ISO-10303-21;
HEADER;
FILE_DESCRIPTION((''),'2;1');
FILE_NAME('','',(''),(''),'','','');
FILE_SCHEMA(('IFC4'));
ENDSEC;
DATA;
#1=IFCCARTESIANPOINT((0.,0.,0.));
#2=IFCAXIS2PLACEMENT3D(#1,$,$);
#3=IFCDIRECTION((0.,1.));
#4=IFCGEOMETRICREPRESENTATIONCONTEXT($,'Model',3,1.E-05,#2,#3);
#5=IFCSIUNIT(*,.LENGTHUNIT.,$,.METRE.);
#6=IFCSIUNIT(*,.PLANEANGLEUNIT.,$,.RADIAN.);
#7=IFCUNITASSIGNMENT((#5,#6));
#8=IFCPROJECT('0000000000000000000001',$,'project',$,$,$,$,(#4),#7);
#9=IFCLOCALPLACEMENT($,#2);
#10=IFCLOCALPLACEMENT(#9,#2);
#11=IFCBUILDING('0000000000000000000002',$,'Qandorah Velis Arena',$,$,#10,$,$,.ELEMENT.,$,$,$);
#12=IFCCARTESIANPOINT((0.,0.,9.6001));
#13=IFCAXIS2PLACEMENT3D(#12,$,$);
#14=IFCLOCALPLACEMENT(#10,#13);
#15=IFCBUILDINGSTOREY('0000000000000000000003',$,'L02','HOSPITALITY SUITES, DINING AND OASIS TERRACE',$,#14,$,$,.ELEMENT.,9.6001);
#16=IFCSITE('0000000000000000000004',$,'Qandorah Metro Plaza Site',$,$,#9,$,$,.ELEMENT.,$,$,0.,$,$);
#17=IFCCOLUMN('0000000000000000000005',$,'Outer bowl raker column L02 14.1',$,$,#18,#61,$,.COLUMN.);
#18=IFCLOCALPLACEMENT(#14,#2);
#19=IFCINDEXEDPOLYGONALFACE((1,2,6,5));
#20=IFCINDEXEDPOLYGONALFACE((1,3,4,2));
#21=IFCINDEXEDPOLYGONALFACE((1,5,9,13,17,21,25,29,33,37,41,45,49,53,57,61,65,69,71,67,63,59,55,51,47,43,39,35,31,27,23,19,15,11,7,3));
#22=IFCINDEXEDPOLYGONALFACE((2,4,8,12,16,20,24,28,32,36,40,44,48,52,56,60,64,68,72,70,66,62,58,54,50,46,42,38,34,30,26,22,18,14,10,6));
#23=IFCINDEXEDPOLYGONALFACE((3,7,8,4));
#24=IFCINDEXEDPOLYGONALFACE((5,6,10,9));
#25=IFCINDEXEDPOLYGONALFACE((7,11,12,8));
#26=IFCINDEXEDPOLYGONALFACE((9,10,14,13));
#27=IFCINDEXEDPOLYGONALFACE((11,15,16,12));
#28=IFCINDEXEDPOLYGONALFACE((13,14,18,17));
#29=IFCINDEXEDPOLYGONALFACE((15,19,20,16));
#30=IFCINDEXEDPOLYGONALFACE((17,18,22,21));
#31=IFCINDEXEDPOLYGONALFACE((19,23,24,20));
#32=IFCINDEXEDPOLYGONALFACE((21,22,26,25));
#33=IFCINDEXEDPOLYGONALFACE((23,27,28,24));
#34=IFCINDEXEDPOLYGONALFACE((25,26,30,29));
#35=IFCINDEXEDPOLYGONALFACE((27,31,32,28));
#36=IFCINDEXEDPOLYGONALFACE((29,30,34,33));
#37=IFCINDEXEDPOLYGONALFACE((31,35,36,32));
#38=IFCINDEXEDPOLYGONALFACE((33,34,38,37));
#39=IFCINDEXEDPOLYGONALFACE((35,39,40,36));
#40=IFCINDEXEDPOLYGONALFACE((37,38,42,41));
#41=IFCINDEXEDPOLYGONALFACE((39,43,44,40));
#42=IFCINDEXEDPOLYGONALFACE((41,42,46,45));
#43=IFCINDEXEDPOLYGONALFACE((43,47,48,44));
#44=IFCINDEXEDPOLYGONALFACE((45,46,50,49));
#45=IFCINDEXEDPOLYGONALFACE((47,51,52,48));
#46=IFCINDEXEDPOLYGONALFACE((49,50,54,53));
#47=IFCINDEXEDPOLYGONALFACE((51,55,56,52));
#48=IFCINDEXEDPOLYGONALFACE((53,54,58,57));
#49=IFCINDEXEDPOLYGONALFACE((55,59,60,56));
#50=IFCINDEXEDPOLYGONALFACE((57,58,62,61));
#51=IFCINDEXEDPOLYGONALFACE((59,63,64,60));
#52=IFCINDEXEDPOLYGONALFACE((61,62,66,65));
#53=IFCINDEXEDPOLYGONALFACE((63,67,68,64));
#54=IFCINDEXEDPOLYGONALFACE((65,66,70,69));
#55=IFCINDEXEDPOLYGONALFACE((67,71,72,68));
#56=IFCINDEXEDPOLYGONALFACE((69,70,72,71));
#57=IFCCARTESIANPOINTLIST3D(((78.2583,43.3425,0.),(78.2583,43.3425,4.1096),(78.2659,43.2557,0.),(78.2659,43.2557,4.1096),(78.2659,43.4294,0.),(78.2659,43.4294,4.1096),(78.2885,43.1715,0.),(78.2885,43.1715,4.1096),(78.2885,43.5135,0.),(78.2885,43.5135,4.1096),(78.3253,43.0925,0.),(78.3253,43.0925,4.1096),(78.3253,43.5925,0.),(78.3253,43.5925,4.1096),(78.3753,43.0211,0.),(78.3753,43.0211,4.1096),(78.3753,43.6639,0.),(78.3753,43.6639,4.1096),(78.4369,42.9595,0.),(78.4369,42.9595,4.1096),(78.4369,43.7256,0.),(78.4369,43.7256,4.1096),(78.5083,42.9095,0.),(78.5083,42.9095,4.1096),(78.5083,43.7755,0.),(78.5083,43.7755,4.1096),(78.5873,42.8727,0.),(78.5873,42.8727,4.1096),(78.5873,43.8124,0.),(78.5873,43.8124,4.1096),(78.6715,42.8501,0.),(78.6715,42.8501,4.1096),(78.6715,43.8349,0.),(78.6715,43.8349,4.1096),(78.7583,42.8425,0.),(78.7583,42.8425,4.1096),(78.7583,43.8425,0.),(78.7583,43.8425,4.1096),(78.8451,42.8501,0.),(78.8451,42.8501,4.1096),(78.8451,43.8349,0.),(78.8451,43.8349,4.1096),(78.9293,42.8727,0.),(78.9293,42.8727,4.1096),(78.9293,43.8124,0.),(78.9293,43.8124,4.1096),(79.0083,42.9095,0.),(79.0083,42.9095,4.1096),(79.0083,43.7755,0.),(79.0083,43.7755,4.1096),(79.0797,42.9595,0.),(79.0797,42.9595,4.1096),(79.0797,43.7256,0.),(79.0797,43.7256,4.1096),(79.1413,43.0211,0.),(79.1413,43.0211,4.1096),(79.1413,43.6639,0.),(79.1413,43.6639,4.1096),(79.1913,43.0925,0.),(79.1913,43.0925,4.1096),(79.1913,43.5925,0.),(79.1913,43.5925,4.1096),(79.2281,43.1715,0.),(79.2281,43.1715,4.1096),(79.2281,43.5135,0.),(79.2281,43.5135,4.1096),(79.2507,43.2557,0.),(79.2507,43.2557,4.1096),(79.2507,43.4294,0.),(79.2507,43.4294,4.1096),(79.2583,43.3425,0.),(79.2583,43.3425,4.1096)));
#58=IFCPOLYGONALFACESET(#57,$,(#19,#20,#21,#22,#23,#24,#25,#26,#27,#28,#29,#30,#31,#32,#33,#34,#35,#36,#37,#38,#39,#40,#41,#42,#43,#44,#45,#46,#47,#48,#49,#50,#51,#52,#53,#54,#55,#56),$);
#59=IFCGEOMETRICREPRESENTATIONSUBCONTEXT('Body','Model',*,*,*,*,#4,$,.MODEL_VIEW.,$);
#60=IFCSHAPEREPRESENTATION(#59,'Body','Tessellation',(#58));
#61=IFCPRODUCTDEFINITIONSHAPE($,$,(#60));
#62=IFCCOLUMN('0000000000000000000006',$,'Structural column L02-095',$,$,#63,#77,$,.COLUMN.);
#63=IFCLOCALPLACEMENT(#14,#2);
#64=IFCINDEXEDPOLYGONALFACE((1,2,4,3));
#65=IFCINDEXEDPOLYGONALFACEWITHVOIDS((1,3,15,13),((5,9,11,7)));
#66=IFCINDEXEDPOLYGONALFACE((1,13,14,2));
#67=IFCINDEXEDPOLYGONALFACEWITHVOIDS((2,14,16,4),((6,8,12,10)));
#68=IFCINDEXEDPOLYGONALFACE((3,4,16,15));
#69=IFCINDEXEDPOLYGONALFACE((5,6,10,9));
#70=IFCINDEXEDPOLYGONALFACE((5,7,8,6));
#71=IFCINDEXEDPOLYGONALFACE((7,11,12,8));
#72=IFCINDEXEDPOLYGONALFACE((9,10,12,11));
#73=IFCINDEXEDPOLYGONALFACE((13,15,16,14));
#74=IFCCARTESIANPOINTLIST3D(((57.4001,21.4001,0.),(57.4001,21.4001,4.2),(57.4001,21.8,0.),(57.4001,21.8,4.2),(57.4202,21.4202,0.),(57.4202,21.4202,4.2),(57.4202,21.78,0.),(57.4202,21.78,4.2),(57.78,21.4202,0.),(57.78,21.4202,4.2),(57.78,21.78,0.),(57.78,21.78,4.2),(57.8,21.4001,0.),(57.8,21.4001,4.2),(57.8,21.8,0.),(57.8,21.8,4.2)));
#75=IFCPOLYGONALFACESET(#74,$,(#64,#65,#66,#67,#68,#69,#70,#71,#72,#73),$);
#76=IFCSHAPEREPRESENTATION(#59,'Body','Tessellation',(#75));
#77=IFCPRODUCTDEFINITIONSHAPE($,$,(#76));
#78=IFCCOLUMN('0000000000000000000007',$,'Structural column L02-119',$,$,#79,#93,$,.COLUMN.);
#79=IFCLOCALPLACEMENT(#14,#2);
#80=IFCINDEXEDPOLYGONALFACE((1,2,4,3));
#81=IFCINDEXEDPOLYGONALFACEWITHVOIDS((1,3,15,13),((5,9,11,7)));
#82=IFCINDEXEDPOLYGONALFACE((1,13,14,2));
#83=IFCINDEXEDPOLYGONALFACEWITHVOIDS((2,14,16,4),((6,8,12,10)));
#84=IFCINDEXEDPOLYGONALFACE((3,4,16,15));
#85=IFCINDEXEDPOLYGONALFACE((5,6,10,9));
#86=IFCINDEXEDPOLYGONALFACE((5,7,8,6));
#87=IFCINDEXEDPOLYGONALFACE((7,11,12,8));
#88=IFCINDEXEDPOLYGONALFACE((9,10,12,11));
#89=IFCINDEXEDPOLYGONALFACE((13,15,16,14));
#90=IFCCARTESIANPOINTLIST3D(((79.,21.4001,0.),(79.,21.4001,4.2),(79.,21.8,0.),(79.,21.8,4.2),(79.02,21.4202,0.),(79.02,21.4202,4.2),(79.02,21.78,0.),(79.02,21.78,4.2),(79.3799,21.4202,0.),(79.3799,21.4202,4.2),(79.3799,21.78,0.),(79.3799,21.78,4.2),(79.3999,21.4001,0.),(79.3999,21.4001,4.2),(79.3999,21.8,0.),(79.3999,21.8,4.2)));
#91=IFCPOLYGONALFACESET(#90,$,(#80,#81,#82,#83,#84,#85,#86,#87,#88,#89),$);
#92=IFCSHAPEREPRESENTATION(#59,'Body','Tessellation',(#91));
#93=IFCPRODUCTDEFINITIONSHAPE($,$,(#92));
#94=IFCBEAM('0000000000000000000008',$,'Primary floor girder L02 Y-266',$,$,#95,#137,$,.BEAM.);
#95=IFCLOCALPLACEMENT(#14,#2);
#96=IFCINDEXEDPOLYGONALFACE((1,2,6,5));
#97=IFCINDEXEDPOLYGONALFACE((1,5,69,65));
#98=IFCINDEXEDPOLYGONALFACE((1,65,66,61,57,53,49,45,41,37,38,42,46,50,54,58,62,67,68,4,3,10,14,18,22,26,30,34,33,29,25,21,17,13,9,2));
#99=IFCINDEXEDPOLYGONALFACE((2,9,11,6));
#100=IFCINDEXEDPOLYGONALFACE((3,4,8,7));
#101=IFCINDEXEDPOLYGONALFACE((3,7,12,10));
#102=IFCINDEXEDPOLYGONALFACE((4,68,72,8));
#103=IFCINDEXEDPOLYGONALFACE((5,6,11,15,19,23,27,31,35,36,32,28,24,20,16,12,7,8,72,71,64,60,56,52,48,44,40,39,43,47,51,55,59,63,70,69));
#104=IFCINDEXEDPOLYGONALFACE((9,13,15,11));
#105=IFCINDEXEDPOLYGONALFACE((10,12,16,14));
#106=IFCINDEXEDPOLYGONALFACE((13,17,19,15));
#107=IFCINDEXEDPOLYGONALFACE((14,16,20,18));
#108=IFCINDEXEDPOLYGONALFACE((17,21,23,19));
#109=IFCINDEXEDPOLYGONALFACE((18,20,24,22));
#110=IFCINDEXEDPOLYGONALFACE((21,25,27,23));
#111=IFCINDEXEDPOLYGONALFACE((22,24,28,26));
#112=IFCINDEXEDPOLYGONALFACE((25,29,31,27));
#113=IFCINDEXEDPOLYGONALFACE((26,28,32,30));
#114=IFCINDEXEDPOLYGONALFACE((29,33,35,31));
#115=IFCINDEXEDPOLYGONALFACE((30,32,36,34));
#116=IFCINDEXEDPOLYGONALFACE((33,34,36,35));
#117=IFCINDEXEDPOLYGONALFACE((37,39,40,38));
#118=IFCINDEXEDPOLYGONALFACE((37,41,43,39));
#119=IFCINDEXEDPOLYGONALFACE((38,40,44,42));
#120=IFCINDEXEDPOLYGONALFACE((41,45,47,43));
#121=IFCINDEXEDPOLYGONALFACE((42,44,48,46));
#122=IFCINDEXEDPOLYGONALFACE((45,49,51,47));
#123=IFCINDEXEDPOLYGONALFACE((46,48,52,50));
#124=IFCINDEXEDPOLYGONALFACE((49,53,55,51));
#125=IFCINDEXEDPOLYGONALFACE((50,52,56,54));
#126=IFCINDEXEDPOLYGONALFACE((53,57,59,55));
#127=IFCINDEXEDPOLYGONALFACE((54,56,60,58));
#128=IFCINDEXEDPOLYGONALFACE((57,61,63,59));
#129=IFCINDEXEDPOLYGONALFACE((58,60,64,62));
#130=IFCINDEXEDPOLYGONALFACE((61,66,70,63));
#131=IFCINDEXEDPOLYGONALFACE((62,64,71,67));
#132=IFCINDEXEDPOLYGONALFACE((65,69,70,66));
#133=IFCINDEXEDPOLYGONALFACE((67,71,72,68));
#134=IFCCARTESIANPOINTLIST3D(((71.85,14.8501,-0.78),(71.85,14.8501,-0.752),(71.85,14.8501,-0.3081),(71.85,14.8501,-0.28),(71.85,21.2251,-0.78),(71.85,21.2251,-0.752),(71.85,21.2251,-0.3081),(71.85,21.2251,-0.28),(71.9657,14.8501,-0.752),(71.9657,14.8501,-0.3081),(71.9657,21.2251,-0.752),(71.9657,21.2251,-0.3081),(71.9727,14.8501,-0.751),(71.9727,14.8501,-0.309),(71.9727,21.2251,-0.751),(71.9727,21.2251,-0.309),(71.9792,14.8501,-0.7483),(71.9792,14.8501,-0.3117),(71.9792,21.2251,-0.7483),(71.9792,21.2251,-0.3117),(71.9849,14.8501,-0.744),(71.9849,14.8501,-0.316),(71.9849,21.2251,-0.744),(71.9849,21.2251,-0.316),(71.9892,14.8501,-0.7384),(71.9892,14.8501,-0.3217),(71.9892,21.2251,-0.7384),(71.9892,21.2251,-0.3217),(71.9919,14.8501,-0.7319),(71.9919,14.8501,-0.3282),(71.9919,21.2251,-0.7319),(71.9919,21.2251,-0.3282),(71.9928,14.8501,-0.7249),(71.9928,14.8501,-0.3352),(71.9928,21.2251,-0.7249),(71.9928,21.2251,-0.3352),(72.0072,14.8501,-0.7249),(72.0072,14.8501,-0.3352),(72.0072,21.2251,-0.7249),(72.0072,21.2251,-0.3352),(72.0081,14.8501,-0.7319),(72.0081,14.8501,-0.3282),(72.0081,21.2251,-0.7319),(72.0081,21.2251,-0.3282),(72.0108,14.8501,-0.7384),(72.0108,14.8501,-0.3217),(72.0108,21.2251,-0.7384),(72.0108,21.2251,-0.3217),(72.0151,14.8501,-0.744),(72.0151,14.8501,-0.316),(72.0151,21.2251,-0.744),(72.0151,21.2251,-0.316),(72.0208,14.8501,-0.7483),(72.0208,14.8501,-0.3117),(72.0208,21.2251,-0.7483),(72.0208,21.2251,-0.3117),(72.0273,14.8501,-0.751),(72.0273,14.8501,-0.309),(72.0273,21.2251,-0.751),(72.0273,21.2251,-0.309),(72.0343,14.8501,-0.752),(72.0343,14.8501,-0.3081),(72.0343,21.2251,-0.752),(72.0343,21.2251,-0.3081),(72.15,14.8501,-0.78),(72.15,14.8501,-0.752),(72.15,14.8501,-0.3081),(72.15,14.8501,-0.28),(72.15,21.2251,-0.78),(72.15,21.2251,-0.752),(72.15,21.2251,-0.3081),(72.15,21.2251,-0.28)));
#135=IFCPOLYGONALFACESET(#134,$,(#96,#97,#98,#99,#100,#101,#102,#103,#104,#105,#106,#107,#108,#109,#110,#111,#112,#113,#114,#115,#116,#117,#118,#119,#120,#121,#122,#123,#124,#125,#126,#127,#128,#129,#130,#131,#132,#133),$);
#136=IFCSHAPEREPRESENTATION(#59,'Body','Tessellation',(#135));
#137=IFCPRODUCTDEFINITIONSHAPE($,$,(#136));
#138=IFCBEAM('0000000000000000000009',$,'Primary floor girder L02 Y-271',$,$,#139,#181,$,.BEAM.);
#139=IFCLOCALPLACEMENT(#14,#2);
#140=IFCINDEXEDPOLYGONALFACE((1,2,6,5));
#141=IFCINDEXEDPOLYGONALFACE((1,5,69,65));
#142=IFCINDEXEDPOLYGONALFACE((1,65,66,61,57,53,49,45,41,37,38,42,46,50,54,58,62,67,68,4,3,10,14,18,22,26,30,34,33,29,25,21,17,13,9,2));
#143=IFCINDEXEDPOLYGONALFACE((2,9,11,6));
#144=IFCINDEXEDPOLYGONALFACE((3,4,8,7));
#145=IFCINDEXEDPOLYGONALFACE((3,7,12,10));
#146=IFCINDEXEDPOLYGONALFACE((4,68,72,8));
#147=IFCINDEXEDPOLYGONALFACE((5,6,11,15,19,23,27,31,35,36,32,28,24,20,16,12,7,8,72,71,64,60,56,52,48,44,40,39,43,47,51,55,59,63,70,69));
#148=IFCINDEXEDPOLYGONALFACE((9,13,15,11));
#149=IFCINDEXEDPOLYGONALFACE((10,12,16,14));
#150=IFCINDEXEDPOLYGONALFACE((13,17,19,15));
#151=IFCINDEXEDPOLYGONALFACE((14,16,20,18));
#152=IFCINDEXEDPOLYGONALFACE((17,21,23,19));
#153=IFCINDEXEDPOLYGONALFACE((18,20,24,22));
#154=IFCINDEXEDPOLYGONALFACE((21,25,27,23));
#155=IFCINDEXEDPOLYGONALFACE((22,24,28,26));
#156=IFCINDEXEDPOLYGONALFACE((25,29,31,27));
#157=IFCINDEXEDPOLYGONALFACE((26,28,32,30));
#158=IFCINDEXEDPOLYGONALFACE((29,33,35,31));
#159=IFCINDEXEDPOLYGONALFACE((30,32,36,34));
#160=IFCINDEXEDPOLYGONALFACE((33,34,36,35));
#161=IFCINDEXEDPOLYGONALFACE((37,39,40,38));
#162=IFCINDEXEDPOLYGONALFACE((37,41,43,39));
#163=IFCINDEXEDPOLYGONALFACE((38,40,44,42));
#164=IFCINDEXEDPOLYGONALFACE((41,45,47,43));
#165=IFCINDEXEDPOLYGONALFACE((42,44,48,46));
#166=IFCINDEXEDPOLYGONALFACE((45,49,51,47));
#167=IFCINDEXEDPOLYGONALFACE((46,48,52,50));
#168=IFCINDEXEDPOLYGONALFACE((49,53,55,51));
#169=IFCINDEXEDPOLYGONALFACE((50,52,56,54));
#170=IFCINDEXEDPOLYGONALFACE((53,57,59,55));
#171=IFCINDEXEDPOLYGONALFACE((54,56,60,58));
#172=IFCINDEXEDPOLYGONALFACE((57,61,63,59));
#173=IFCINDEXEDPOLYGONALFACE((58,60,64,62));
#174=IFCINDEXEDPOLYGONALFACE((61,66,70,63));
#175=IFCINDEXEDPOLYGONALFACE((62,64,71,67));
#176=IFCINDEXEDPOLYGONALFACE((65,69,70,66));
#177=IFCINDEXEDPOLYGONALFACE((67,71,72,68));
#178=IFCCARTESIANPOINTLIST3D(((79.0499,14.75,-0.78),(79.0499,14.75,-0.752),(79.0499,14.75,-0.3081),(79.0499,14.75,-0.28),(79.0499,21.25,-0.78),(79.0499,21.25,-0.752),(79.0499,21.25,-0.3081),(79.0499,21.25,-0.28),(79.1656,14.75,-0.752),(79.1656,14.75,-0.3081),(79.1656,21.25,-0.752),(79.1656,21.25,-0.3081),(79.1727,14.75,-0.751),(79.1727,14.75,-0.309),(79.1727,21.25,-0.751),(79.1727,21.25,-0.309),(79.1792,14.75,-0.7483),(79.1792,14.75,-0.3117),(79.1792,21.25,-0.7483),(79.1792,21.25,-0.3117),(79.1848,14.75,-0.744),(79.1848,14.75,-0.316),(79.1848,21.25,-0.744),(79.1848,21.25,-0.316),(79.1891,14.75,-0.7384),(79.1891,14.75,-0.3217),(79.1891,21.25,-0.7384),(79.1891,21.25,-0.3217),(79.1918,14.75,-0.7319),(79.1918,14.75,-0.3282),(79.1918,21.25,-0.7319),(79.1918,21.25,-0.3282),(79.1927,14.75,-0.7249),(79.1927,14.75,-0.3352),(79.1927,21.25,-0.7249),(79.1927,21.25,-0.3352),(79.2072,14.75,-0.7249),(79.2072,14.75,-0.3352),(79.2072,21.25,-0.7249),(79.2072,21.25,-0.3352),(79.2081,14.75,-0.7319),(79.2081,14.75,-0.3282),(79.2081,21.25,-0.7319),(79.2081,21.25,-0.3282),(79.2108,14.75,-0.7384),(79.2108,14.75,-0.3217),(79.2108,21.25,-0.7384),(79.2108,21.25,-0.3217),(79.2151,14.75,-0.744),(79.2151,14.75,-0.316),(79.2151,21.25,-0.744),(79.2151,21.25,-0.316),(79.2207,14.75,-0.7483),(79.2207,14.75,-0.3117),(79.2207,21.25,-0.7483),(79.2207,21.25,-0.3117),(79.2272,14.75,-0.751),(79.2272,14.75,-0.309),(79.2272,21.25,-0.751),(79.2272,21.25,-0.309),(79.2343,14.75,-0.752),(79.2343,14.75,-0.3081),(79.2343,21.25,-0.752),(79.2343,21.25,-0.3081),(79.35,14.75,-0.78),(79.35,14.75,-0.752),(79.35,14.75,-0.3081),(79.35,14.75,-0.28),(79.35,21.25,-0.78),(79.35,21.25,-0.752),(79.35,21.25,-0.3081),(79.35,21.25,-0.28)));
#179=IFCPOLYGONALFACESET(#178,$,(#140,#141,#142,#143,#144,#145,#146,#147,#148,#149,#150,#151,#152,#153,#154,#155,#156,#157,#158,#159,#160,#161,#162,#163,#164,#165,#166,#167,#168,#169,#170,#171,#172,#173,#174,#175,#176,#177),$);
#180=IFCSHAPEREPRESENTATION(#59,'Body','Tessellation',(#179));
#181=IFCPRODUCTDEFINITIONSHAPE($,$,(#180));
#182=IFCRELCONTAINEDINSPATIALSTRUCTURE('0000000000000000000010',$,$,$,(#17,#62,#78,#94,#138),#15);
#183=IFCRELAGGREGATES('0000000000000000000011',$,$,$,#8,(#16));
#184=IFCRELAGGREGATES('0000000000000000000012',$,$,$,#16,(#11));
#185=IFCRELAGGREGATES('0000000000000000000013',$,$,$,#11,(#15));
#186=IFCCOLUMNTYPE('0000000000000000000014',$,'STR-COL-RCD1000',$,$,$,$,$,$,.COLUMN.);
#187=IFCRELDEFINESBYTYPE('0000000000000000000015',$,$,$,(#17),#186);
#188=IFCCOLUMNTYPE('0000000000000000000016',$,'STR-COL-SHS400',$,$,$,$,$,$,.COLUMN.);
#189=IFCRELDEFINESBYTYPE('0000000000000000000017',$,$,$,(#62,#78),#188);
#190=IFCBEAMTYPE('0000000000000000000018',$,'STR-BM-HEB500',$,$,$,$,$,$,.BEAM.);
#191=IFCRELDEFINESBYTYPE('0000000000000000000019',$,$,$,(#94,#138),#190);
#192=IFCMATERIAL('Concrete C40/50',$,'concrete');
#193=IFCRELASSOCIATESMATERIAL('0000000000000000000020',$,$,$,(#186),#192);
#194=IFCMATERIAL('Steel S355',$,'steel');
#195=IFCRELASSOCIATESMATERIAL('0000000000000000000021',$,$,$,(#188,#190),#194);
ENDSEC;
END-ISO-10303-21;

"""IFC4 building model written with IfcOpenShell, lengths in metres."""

from ifc_helpers import new_model, si_unit, direction, frame, origin, origin_2d, place, context, subcontext, project, spatial, hollow_rectangle, circle, i_section, extrude, material, material_profile, profile_set, type_object, element, save


model = new_model("IFC4")

# Units and contexts
model_context = context("Model", 3, precision=1e-05, world=origin(), true_north=direction((0.0, 1.0)))
body_context = subcontext(model_context, "Body", "Model", "MODEL_VIEW")
ifc_project = project(units=[si_unit("LENGTHUNIT", "METRE"), si_unit("PLANEANGLEUNIT", "RADIAN")], contexts=[model_context])

# Site, building, storey
site_placement = place(None, origin())
site = spatial("IfcSite", under=ifc_project, at=site_placement, Name="Qandorah Metro Plaza Site", CompositionType="ELEMENT", RefElevation=0.0)
building_placement = place(site_placement, origin())
building = spatial("IfcBuilding", under=site, at=building_placement, Name="Qandorah Velis Arena", CompositionType="ELEMENT")
storey_placement = place(building_placement, frame((0.0, 0.0, 9.6001)))
storey = spatial("IfcBuildingStorey", under=building, at=storey_placement, Name="L02", Description="HOSPITALITY SUITES, DINING AND OASIS TERRACE", CompositionType="ELEMENT", Elevation=9.6001)

# Columns
ifc_material_1 = material(Name="Concrete C40/50", Category="concrete")
ifc_material_profile_1 = material_profile(ifc_material_1, circle(Radius=0.5, at=origin_2d()), Name="RC D1000")
ifc_profile_set_1 = profile_set([ifc_material_profile_1], Name="Concrete C40/50")
column_type_1 = type_object("IfcColumnType", Name="STR-COL-RCD1000", PredefinedType="COLUMN", material=ifc_profile_set_1)
column_1_placement = place(storey_placement, frame((78.7583, 43.3425, 0.0), z_axis=(0.0, 0.0, 1.0), x_axis=(1.0, 0.0, 0.0)))
element("IfcColumn", 1, at=column_1_placement, inside=storey, type_object=column_type_1, Name="Outer bowl raker column L02 14.1", PredefinedType="COLUMN", context=body_context, shape_type="SweptSolid", body=[
    extrude(circle(Radius=0.5, at=origin_2d()), origin(), (0.0, 0.0, 1.0), 4.1096),
])
ifc_material_2 = material(Name="Steel S355", Category="steel")
ifc_material_profile_2 = material_profile(ifc_material_2, hollow_rectangle(XDim=0.3999, YDim=0.3999, WallThickness=0.02, at=origin_2d()), Name="SHS 400x400x20")
ifc_profile_set_2 = profile_set([ifc_material_profile_2], Name="Steel S355")
column_type_2 = type_object("IfcColumnType", Name="STR-COL-SHS400", PredefinedType="COLUMN", material=ifc_profile_set_2)
for number, where, z_axis, x_axis, name in (
    (2, (57.6001, 21.6001, 0.0), (0.0, 0.0, 1.0), (1.0, 0.0, 0.0), "Structural column L02-095"),
    (3, (79.2, 21.6001, 0.0), (0.0, 0.0, 1.0), (1.0, 0.0, 0.0), "Structural column L02-119"),
):
    element("IfcColumn", number, at=place(storey_placement, frame(where, z_axis=z_axis, x_axis=x_axis)), inside=storey, type_object=column_type_2, Name=name, PredefinedType="COLUMN", context=body_context, shape_type="SweptSolid", body=[
        extrude(hollow_rectangle(XDim=0.3999, YDim=0.3999, WallThickness=0.02, at=origin_2d()), origin(), (0.0, 0.0, 1.0), 4.2),
    ])

# Beams
ifc_material_profile_3 = material_profile(ifc_material_2, i_section(OverallWidth=0.3, OverallDepth=0.5, WebThickness=0.0144, FlangeThickness=0.0281, FilletRadius=0.0271, at=origin_2d()), Name="HEB 500")
ifc_profile_set_3 = profile_set([ifc_material_profile_3], Name="Steel S355")
beam_type_1 = type_object("IfcBeamType", Name="STR-BM-HEB500", PredefinedType="BEAM", material=ifc_profile_set_3)
beam_1_placement = place(storey_placement, frame((72.0, 14.8501, -0.53), z_axis=(0.0, 1.0, 0.0), x_axis=(-1.0, 0.0, 0.0)))
element("IfcBeam", 4, at=beam_1_placement, inside=storey, type_object=beam_type_1, Name="Primary floor girder L02 Y-266", PredefinedType="BEAM", context=body_context, shape_type="SweptSolid", body=[
    extrude(i_section(OverallWidth=0.3, OverallDepth=0.5, WebThickness=0.0144, FlangeThickness=0.0281, FilletRadius=0.0271, at=origin_2d()), origin(), (0.0, 0.0, 1.0), 6.375),
])
beam_2_placement = place(storey_placement, frame((79.2, 14.75, -0.53), z_axis=(0.0, 1.0, 0.0), x_axis=(-1.0, 0.0, 0.0)))
element("IfcBeam", 5, at=beam_2_placement, inside=storey, type_object=beam_type_1, Name="Primary floor girder L02 Y-271", PredefinedType="BEAM", context=body_context, shape_type="SweptSolid", body=[
    extrude(i_section(OverallWidth=0.3, OverallDepth=0.5, WebThickness=0.0144, FlangeThickness=0.0281, FilletRadius=0.0271, at=origin_2d()), origin(), (0.0, 0.0, 1.0), 6.5),
])

save(model, "model.ifc")
